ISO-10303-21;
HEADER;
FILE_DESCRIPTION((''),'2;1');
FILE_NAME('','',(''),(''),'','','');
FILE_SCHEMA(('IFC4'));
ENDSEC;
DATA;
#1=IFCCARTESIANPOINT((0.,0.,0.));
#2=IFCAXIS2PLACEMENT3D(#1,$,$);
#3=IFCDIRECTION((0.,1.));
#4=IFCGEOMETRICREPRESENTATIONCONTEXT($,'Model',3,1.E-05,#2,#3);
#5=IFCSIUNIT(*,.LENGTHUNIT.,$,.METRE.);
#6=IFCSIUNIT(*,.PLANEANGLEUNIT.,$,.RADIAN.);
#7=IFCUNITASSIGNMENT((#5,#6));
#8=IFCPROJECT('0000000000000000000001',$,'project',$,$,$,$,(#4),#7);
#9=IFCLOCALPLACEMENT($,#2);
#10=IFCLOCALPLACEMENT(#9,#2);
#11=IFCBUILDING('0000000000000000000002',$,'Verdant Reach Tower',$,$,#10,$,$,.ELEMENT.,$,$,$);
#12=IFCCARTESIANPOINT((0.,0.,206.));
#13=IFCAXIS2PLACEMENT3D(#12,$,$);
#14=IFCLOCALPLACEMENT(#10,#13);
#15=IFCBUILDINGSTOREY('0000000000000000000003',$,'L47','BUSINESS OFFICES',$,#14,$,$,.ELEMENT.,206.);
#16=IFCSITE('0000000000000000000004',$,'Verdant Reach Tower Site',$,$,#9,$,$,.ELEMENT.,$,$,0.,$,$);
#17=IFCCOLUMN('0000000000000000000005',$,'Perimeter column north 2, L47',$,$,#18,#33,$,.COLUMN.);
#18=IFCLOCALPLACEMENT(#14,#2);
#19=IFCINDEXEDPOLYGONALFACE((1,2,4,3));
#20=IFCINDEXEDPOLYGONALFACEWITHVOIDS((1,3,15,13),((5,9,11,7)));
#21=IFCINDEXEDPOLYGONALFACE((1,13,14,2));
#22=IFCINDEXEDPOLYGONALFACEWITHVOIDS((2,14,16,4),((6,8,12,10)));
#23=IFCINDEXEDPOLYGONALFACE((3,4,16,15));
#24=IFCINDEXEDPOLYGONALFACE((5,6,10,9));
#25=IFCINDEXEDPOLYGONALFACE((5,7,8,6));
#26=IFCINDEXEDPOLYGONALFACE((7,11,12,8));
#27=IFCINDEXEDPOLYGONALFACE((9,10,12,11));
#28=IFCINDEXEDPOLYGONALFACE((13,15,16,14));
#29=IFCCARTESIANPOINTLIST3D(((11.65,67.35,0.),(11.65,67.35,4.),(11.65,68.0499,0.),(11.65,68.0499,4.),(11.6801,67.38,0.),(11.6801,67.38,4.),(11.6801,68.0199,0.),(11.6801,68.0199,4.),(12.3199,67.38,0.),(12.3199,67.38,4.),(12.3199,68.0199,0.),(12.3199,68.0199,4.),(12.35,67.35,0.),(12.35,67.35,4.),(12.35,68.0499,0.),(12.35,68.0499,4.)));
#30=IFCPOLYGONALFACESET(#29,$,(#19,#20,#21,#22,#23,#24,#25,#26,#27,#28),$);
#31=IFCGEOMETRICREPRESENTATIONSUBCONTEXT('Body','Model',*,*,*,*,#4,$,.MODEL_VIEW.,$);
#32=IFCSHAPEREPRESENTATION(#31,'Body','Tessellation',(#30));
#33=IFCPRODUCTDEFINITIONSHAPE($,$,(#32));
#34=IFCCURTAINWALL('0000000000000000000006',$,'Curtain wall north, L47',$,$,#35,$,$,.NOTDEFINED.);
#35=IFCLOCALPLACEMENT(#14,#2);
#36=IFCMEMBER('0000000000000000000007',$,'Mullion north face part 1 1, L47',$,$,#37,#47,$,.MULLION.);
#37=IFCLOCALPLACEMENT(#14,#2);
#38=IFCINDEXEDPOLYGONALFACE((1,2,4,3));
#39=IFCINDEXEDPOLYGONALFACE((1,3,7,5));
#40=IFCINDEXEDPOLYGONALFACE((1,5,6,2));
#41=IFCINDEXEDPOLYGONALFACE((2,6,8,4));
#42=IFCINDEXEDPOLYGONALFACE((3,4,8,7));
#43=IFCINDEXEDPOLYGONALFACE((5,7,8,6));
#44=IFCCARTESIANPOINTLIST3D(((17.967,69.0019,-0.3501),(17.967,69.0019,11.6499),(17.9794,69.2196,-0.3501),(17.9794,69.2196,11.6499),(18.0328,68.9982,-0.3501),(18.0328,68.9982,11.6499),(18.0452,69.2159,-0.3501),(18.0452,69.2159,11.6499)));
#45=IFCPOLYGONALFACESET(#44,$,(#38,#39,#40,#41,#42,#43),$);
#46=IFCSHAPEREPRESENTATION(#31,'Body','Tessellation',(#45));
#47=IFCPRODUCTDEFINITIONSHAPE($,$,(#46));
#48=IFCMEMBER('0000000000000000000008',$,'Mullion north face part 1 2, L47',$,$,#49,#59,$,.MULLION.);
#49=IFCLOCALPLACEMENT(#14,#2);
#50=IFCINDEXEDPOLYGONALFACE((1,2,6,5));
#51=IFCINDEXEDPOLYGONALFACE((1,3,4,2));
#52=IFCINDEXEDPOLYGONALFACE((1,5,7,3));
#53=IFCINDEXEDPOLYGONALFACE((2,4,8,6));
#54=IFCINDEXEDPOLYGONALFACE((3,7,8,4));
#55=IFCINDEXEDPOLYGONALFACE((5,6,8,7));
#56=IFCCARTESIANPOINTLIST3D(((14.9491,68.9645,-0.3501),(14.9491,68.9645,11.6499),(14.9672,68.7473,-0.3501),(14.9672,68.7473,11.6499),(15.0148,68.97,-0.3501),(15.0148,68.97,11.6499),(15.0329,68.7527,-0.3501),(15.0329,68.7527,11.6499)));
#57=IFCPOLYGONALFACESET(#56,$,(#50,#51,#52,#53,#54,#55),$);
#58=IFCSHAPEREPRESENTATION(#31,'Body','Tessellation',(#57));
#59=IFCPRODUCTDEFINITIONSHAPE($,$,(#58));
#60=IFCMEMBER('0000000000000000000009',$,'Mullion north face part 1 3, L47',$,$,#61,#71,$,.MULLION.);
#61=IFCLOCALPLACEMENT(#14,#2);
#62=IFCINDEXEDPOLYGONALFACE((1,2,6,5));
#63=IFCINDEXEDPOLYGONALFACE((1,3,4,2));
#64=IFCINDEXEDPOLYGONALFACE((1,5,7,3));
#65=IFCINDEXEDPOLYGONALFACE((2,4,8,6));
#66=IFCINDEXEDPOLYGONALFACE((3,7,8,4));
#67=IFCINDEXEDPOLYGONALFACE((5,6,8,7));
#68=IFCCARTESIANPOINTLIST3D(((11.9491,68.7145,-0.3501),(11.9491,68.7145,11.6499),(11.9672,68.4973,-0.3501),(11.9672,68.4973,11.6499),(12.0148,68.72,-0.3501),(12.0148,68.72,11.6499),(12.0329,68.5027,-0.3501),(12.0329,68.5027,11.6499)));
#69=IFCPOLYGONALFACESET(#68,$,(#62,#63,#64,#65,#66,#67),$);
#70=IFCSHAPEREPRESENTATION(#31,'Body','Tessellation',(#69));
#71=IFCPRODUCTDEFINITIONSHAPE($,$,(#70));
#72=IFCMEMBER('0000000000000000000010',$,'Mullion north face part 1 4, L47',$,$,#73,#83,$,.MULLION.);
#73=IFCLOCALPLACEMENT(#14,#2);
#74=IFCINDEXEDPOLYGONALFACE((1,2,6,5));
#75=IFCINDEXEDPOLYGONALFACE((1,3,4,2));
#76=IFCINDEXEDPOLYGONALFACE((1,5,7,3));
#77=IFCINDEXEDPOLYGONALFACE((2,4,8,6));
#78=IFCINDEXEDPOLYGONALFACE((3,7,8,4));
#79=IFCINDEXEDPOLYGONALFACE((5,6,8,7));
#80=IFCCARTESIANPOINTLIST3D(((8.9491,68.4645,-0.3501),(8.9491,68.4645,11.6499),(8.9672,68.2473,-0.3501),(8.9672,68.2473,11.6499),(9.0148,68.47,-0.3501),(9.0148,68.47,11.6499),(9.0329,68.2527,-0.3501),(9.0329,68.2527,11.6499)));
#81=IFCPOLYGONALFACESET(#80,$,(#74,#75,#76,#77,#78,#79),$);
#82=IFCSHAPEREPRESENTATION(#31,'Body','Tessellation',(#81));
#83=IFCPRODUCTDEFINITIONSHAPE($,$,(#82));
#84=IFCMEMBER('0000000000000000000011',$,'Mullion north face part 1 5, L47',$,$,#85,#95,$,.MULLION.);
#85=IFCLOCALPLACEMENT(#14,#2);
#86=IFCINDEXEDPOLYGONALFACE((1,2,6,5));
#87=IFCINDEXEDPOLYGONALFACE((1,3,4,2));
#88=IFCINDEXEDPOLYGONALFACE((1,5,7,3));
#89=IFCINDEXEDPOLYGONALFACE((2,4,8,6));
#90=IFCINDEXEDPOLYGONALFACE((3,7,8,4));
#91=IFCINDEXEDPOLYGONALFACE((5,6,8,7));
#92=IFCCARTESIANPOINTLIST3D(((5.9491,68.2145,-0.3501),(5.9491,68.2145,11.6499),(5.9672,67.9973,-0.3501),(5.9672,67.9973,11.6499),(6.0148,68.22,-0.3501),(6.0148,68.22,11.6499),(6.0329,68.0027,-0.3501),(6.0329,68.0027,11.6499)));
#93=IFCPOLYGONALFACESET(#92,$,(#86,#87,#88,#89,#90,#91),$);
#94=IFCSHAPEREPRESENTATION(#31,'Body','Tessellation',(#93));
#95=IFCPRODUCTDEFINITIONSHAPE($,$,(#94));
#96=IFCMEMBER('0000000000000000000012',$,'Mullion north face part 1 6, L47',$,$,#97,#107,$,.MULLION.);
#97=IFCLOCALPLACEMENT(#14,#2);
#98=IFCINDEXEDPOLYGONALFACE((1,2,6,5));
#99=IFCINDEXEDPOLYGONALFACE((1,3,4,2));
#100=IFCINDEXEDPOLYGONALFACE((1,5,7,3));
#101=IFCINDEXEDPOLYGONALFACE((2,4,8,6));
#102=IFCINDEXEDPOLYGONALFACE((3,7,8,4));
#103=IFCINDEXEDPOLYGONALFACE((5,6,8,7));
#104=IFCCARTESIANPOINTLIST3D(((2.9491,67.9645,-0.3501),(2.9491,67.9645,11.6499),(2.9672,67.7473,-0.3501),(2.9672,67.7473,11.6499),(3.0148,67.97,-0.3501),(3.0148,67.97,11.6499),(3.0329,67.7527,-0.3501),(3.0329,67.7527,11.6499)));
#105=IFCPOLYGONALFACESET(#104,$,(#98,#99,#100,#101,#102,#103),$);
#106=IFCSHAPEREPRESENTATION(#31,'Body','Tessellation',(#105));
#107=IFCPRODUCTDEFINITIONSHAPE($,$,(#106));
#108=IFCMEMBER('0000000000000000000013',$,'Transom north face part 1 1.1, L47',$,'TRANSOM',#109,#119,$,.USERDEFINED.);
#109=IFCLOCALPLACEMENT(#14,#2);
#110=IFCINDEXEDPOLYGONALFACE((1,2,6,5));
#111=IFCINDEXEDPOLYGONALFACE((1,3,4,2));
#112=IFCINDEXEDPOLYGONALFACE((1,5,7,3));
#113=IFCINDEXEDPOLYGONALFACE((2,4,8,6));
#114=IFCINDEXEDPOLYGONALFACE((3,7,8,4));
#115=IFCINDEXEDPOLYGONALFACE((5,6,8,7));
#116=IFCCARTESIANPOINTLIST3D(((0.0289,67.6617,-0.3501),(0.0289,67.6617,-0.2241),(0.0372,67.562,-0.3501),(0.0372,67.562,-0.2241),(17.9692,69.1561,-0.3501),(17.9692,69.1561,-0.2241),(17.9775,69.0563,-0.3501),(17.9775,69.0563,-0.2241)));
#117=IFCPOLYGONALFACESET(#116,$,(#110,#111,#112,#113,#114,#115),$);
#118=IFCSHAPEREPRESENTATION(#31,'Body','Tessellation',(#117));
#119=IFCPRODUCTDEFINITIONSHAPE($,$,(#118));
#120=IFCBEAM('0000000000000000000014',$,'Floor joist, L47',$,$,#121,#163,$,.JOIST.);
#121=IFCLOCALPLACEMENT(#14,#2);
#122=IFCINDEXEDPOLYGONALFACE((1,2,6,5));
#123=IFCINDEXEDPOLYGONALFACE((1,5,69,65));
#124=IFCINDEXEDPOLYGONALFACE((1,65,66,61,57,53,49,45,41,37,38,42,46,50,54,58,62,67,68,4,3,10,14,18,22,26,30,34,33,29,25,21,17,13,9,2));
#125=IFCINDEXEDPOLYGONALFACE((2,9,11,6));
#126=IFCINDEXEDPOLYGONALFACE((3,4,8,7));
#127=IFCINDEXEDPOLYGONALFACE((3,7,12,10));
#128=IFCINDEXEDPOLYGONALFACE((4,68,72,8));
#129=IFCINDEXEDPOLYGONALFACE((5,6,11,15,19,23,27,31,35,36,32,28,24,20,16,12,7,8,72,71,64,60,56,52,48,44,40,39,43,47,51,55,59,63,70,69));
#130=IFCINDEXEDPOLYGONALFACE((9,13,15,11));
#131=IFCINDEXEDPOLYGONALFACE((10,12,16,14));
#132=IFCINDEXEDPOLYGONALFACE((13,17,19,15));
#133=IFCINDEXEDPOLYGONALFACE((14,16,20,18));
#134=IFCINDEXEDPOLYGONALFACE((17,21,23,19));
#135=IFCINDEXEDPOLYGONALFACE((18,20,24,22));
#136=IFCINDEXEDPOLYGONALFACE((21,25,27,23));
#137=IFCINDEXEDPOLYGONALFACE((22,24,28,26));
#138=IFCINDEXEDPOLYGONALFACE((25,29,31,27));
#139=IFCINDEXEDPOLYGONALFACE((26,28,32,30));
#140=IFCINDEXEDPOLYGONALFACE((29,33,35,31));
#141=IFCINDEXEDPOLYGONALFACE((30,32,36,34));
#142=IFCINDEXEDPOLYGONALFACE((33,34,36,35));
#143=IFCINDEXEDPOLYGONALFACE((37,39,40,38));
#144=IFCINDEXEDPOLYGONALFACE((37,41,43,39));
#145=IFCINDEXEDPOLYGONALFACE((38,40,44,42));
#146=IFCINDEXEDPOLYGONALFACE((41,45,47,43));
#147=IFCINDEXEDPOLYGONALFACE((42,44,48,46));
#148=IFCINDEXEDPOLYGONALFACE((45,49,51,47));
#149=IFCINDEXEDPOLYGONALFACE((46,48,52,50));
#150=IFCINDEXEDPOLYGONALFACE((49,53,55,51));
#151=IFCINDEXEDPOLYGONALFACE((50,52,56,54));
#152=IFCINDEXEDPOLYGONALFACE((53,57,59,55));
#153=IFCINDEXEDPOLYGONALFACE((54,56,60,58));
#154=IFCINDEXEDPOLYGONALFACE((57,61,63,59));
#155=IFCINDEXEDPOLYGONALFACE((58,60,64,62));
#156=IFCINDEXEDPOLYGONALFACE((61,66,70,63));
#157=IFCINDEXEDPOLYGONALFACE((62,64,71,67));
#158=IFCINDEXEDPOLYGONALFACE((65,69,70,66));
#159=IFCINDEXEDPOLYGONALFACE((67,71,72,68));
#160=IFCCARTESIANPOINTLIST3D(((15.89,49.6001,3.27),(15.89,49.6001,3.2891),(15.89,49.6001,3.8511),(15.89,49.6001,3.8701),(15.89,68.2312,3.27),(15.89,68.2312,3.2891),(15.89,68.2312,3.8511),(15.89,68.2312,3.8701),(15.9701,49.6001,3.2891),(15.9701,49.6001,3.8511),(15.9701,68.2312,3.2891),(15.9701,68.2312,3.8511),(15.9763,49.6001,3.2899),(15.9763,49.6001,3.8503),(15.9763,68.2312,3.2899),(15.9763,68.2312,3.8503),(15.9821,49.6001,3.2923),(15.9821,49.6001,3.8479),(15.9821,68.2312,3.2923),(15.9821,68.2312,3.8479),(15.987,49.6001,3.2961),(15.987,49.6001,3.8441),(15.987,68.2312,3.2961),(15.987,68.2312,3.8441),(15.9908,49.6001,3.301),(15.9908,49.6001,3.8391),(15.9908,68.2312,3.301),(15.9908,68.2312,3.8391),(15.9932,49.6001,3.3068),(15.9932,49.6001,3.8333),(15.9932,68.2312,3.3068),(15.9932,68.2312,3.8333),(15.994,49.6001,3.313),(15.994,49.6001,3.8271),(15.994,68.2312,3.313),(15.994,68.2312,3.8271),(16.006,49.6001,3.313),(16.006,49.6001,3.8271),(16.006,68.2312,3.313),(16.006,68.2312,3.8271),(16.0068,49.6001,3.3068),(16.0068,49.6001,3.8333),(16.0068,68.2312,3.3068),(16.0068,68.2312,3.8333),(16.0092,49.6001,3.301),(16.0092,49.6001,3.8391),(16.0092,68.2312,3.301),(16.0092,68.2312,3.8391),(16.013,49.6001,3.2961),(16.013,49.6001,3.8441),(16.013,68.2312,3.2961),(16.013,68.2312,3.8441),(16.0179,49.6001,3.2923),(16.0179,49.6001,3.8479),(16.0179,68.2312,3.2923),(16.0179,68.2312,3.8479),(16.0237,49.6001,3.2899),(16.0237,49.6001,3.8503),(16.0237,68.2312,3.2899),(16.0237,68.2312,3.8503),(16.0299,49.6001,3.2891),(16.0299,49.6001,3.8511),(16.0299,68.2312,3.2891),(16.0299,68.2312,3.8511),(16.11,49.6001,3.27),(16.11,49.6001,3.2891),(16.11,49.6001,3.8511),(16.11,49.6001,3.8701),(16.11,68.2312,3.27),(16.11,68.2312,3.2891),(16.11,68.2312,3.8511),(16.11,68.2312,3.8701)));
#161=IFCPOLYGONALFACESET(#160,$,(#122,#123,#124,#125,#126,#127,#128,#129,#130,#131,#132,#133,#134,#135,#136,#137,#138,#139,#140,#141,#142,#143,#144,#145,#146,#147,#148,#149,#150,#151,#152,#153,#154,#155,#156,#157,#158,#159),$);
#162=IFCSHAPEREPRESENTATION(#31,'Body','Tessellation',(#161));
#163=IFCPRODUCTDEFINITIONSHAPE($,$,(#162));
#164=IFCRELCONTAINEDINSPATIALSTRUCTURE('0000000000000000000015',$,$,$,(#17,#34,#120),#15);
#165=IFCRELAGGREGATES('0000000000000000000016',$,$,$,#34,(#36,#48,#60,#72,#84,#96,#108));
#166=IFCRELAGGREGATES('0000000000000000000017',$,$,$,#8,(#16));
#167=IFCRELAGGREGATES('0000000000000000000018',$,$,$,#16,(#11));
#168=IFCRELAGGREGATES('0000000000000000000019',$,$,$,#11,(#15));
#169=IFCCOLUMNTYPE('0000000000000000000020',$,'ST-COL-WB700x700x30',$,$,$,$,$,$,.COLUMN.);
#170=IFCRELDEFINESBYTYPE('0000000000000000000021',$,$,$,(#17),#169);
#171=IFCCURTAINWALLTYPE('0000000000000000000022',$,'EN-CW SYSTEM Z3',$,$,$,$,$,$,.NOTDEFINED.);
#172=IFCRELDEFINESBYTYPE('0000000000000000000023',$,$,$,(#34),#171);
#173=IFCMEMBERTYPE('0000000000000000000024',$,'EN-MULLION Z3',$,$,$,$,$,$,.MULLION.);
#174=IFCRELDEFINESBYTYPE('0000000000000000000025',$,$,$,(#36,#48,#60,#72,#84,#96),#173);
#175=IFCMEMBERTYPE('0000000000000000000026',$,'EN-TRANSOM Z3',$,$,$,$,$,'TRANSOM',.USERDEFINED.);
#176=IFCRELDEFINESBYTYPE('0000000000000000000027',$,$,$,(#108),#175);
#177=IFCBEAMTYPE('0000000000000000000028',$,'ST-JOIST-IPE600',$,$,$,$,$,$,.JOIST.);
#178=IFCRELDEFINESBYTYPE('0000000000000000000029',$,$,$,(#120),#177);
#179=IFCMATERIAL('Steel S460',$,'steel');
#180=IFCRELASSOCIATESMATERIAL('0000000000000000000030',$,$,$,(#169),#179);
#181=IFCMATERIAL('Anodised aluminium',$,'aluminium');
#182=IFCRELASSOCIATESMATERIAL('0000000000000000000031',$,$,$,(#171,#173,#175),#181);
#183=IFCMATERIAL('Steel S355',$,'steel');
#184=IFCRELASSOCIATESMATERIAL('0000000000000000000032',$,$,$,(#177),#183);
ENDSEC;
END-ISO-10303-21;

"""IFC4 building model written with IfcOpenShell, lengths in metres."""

from ifc_helpers import new_model, si_unit, direction, frame, origin, origin_2d, place, context, subcontext, project, spatial, rectangle, hollow_rectangle, i_section, extrude, material, material_profile, profile_set, type_object, element, aggregate, save


model = new_model("IFC4")

# Units and contexts
model_context = context("Model", 3, precision=1e-05, world=origin(), true_north=direction((0.0, 1.0)))
body_context = subcontext(model_context, "Body", "Model", "MODEL_VIEW")
ifc_project = project(units=[si_unit("LENGTHUNIT", "METRE"), si_unit("PLANEANGLEUNIT", "RADIAN")], contexts=[model_context])

# Site, building, storey
site_placement = place(None, origin())
site = spatial("IfcSite", under=ifc_project, at=site_placement, Name="Verdant Reach Tower Site", CompositionType="ELEMENT", RefElevation=0.0)
building_placement = place(site_placement, origin())
building = spatial("IfcBuilding", under=site, at=building_placement, Name="Verdant Reach Tower", CompositionType="ELEMENT")
storey_placement = place(building_placement, frame((0.0, 0.0, 206.0)))
storey = spatial("IfcBuildingStorey", under=building, at=storey_placement, Name="L47", Description="BUSINESS OFFICES", CompositionType="ELEMENT", Elevation=206.0)

# Column
ifc_material_1 = material(Name="Steel S460", Category="steel")
ifc_material_profile_1 = material_profile(ifc_material_1, hollow_rectangle(XDim=0.7, YDim=0.7, WallThickness=0.03, at=origin_2d()), Name="WB 700x700x30")
ifc_profile_set_1 = profile_set([ifc_material_profile_1], Name="Steel S460")
column_type = type_object("IfcColumnType", Name="ST-COL-WB700x700x30", PredefinedType="COLUMN", material=ifc_profile_set_1)
column_placement = place(storey_placement, frame((12.0, 67.7, 0.0), z_axis=(0.0, 0.0, 1.0), x_axis=(1.0, 0.0, 0.0)))
element("IfcColumn", 1, at=column_placement, inside=storey, type_object=column_type, Name="Perimeter column north 2, L47", PredefinedType="COLUMN", context=body_context, shape_type="SweptSolid", body=[
    extrude(hollow_rectangle(XDim=0.7, YDim=0.7, WallThickness=0.03, at=origin_2d()), origin(), (0.0, 0.0, 1.0), 4.0),
])

# Curtain wall, members
ifc_material_2 = material(Name="Anodised aluminium", Category="aluminium")
curtain_wall_type = type_object("IfcCurtainWallType", Name="EN-CW SYSTEM Z3", PredefinedType="NOTDEFINED", material=ifc_material_2)
curtain_wall_placement = place(storey_placement, origin())
curtain_wall = element("IfcCurtainWall", 2, at=curtain_wall_placement, inside=storey, type_object=curtain_wall_type, Name="Curtain wall north, L47", PredefinedType="NOTDEFINED")
ifc_material_profile_2 = material_profile(ifc_material_2, rectangle(XDim=0.218, YDim=0.0659, at=origin_2d()), Name="Mullion 66x218")
ifc_profile_set_2 = profile_set([ifc_material_profile_2], Name="Anodised aluminium")
member_type_1 = type_object("IfcMemberType", Name="EN-MULLION Z3", PredefinedType="MULLION", material=ifc_profile_set_2)
member_1_placement = place(storey_placement, frame((18.0061, 69.1089, -0.3501), z_axis=(0.0, 0.0, 1.0), x_axis=(0.056569, 0.998399, 0.0)))
member_1 = element("IfcMember", 3, at=member_1_placement, type_object=member_type_1, Name="Mullion north face part 1 1, L47", PredefinedType="MULLION", context=body_context, shape_type="SweptSolid", body=[
    extrude(rectangle(XDim=0.218, YDim=0.0659, at=origin_2d()), origin(), (0.0, 0.0, 1.0), 12.0),
])
member_2_placement = place(storey_placement, frame((14.991, 68.8586, -0.3501), z_axis=(0.0, 0.0, 1.0), x_axis=(-0.083045, 0.996546, 0.0)))
member_2 = element("IfcMember", 4, at=member_2_placement, type_object=member_type_1, Name="Mullion north face part 1 2, L47", PredefinedType="MULLION", context=body_context, shape_type="SweptSolid", body=[
    extrude(rectangle(XDim=0.218, YDim=0.0659, at=origin_2d()), origin(), (0.0, 0.0, 1.0), 12.0),
])
member_3_placement = place(storey_placement, frame((11.991, 68.6086, -0.3501), z_axis=(0.0, 0.0, 1.0), x_axis=(-0.083045, 0.996546, 0.0)))
member_3 = element("IfcMember", 5, at=member_3_placement, type_object=member_type_1, Name="Mullion north face part 1 3, L47", PredefinedType="MULLION", context=body_context, shape_type="SweptSolid", body=[
    extrude(rectangle(XDim=0.218, YDim=0.0659, at=origin_2d()), origin(), (0.0, 0.0, 1.0), 12.0),
])
member_4_placement = place(storey_placement, frame((8.991, 68.3586, -0.3501), z_axis=(0.0, 0.0, 1.0), x_axis=(-0.083045, 0.996546, 0.0)))
member_4 = element("IfcMember", 6, at=member_4_placement, type_object=member_type_1, Name="Mullion north face part 1 4, L47", PredefinedType="MULLION", context=body_context, shape_type="SweptSolid", body=[
    extrude(rectangle(XDim=0.218, YDim=0.0659, at=origin_2d()), origin(), (0.0, 0.0, 1.0), 12.0),
])
member_5_placement = place(storey_placement, frame((5.991, 68.1086, -0.3501), z_axis=(0.0, 0.0, 1.0), x_axis=(-0.083045, 0.996546, 0.0)))
member_5 = element("IfcMember", 7, at=member_5_placement, type_object=member_type_1, Name="Mullion north face part 1 5, L47", PredefinedType="MULLION", context=body_context, shape_type="SweptSolid", body=[
    extrude(rectangle(XDim=0.218, YDim=0.0659, at=origin_2d()), origin(), (0.0, 0.0, 1.0), 12.0),
])
member_6_placement = place(storey_placement, frame((2.991, 67.8586, -0.3501), z_axis=(0.0, 0.0, 1.0), x_axis=(-0.083045, 0.996546, 0.0)))
member_6 = element("IfcMember", 8, at=member_6_placement, type_object=member_type_1, Name="Mullion north face part 1 6, L47", PredefinedType="MULLION", context=body_context, shape_type="SweptSolid", body=[
    extrude(rectangle(XDim=0.218, YDim=0.0659, at=origin_2d()), origin(), (0.0, 0.0, 1.0), 12.0),
])
ifc_material_profile_3 = material_profile(ifc_material_2, rectangle(XDim=0.1001, YDim=0.126, at=origin_2d()), Name="Transom 126x100")
ifc_profile_set_3 = profile_set([ifc_material_profile_3], Name="Anodised aluminium")
member_type_2 = type_object("IfcMemberType", Name="EN-TRANSOM Z3", ElementType="TRANSOM", PredefinedType="USERDEFINED", material=ifc_profile_set_3)
member_7_placement = place(storey_placement, frame((17.9734, 69.1062, -0.2871), z_axis=(-0.996549, -0.08301, 0.0), x_axis=(0.08301, -0.996549, 0.0)))
member_7 = element("IfcMember", 9, at=member_7_placement, type_object=member_type_2, Name="Transom north face part 1 1.1, L47", ObjectType="TRANSOM", PredefinedType="USERDEFINED", context=body_context, shape_type="SweptSolid", body=[
    extrude(rectangle(XDim=0.1001, YDim=0.126, at=origin_2d()), origin(), (0.0, 0.0, 1.0), 18.0024),
])

# Beam
ifc_material_3 = material(Name="Steel S355", Category="steel")
ifc_material_profile_4 = material_profile(ifc_material_3, i_section(OverallWidth=0.22, OverallDepth=0.6001, WebThickness=0.012, FlangeThickness=0.019, FilletRadius=0.0239, at=origin_2d()), Name="IPE 600")
ifc_profile_set_4 = profile_set([ifc_material_profile_4], Name="Steel S355")
beam_type_1 = type_object("IfcBeamType", Name="ST-JOIST-IPE600", PredefinedType="JOIST", material=ifc_profile_set_4)
beam_1_placement = place(storey_placement, frame((16.0, 49.6001, 3.5701), z_axis=(0.0, 1.0, 0.0), x_axis=(-1.0, 0.0, 0.0)))
element("IfcBeam", 10, at=beam_1_placement, inside=storey, type_object=beam_type_1, Name="Floor joist, L47", PredefinedType="JOIST", context=body_context, shape_type="SweptSolid", body=[
    extrude(i_section(OverallWidth=0.22, OverallDepth=0.6001, WebThickness=0.012, FlangeThickness=0.019, FilletRadius=0.0239, at=origin_2d()), origin(), (0.0, 0.0, 1.0), 18.6311),
])

aggregate(curtain_wall, [member_1, member_2, member_3, member_4, member_5, member_6, member_7])

save(model, "model.ifc")
